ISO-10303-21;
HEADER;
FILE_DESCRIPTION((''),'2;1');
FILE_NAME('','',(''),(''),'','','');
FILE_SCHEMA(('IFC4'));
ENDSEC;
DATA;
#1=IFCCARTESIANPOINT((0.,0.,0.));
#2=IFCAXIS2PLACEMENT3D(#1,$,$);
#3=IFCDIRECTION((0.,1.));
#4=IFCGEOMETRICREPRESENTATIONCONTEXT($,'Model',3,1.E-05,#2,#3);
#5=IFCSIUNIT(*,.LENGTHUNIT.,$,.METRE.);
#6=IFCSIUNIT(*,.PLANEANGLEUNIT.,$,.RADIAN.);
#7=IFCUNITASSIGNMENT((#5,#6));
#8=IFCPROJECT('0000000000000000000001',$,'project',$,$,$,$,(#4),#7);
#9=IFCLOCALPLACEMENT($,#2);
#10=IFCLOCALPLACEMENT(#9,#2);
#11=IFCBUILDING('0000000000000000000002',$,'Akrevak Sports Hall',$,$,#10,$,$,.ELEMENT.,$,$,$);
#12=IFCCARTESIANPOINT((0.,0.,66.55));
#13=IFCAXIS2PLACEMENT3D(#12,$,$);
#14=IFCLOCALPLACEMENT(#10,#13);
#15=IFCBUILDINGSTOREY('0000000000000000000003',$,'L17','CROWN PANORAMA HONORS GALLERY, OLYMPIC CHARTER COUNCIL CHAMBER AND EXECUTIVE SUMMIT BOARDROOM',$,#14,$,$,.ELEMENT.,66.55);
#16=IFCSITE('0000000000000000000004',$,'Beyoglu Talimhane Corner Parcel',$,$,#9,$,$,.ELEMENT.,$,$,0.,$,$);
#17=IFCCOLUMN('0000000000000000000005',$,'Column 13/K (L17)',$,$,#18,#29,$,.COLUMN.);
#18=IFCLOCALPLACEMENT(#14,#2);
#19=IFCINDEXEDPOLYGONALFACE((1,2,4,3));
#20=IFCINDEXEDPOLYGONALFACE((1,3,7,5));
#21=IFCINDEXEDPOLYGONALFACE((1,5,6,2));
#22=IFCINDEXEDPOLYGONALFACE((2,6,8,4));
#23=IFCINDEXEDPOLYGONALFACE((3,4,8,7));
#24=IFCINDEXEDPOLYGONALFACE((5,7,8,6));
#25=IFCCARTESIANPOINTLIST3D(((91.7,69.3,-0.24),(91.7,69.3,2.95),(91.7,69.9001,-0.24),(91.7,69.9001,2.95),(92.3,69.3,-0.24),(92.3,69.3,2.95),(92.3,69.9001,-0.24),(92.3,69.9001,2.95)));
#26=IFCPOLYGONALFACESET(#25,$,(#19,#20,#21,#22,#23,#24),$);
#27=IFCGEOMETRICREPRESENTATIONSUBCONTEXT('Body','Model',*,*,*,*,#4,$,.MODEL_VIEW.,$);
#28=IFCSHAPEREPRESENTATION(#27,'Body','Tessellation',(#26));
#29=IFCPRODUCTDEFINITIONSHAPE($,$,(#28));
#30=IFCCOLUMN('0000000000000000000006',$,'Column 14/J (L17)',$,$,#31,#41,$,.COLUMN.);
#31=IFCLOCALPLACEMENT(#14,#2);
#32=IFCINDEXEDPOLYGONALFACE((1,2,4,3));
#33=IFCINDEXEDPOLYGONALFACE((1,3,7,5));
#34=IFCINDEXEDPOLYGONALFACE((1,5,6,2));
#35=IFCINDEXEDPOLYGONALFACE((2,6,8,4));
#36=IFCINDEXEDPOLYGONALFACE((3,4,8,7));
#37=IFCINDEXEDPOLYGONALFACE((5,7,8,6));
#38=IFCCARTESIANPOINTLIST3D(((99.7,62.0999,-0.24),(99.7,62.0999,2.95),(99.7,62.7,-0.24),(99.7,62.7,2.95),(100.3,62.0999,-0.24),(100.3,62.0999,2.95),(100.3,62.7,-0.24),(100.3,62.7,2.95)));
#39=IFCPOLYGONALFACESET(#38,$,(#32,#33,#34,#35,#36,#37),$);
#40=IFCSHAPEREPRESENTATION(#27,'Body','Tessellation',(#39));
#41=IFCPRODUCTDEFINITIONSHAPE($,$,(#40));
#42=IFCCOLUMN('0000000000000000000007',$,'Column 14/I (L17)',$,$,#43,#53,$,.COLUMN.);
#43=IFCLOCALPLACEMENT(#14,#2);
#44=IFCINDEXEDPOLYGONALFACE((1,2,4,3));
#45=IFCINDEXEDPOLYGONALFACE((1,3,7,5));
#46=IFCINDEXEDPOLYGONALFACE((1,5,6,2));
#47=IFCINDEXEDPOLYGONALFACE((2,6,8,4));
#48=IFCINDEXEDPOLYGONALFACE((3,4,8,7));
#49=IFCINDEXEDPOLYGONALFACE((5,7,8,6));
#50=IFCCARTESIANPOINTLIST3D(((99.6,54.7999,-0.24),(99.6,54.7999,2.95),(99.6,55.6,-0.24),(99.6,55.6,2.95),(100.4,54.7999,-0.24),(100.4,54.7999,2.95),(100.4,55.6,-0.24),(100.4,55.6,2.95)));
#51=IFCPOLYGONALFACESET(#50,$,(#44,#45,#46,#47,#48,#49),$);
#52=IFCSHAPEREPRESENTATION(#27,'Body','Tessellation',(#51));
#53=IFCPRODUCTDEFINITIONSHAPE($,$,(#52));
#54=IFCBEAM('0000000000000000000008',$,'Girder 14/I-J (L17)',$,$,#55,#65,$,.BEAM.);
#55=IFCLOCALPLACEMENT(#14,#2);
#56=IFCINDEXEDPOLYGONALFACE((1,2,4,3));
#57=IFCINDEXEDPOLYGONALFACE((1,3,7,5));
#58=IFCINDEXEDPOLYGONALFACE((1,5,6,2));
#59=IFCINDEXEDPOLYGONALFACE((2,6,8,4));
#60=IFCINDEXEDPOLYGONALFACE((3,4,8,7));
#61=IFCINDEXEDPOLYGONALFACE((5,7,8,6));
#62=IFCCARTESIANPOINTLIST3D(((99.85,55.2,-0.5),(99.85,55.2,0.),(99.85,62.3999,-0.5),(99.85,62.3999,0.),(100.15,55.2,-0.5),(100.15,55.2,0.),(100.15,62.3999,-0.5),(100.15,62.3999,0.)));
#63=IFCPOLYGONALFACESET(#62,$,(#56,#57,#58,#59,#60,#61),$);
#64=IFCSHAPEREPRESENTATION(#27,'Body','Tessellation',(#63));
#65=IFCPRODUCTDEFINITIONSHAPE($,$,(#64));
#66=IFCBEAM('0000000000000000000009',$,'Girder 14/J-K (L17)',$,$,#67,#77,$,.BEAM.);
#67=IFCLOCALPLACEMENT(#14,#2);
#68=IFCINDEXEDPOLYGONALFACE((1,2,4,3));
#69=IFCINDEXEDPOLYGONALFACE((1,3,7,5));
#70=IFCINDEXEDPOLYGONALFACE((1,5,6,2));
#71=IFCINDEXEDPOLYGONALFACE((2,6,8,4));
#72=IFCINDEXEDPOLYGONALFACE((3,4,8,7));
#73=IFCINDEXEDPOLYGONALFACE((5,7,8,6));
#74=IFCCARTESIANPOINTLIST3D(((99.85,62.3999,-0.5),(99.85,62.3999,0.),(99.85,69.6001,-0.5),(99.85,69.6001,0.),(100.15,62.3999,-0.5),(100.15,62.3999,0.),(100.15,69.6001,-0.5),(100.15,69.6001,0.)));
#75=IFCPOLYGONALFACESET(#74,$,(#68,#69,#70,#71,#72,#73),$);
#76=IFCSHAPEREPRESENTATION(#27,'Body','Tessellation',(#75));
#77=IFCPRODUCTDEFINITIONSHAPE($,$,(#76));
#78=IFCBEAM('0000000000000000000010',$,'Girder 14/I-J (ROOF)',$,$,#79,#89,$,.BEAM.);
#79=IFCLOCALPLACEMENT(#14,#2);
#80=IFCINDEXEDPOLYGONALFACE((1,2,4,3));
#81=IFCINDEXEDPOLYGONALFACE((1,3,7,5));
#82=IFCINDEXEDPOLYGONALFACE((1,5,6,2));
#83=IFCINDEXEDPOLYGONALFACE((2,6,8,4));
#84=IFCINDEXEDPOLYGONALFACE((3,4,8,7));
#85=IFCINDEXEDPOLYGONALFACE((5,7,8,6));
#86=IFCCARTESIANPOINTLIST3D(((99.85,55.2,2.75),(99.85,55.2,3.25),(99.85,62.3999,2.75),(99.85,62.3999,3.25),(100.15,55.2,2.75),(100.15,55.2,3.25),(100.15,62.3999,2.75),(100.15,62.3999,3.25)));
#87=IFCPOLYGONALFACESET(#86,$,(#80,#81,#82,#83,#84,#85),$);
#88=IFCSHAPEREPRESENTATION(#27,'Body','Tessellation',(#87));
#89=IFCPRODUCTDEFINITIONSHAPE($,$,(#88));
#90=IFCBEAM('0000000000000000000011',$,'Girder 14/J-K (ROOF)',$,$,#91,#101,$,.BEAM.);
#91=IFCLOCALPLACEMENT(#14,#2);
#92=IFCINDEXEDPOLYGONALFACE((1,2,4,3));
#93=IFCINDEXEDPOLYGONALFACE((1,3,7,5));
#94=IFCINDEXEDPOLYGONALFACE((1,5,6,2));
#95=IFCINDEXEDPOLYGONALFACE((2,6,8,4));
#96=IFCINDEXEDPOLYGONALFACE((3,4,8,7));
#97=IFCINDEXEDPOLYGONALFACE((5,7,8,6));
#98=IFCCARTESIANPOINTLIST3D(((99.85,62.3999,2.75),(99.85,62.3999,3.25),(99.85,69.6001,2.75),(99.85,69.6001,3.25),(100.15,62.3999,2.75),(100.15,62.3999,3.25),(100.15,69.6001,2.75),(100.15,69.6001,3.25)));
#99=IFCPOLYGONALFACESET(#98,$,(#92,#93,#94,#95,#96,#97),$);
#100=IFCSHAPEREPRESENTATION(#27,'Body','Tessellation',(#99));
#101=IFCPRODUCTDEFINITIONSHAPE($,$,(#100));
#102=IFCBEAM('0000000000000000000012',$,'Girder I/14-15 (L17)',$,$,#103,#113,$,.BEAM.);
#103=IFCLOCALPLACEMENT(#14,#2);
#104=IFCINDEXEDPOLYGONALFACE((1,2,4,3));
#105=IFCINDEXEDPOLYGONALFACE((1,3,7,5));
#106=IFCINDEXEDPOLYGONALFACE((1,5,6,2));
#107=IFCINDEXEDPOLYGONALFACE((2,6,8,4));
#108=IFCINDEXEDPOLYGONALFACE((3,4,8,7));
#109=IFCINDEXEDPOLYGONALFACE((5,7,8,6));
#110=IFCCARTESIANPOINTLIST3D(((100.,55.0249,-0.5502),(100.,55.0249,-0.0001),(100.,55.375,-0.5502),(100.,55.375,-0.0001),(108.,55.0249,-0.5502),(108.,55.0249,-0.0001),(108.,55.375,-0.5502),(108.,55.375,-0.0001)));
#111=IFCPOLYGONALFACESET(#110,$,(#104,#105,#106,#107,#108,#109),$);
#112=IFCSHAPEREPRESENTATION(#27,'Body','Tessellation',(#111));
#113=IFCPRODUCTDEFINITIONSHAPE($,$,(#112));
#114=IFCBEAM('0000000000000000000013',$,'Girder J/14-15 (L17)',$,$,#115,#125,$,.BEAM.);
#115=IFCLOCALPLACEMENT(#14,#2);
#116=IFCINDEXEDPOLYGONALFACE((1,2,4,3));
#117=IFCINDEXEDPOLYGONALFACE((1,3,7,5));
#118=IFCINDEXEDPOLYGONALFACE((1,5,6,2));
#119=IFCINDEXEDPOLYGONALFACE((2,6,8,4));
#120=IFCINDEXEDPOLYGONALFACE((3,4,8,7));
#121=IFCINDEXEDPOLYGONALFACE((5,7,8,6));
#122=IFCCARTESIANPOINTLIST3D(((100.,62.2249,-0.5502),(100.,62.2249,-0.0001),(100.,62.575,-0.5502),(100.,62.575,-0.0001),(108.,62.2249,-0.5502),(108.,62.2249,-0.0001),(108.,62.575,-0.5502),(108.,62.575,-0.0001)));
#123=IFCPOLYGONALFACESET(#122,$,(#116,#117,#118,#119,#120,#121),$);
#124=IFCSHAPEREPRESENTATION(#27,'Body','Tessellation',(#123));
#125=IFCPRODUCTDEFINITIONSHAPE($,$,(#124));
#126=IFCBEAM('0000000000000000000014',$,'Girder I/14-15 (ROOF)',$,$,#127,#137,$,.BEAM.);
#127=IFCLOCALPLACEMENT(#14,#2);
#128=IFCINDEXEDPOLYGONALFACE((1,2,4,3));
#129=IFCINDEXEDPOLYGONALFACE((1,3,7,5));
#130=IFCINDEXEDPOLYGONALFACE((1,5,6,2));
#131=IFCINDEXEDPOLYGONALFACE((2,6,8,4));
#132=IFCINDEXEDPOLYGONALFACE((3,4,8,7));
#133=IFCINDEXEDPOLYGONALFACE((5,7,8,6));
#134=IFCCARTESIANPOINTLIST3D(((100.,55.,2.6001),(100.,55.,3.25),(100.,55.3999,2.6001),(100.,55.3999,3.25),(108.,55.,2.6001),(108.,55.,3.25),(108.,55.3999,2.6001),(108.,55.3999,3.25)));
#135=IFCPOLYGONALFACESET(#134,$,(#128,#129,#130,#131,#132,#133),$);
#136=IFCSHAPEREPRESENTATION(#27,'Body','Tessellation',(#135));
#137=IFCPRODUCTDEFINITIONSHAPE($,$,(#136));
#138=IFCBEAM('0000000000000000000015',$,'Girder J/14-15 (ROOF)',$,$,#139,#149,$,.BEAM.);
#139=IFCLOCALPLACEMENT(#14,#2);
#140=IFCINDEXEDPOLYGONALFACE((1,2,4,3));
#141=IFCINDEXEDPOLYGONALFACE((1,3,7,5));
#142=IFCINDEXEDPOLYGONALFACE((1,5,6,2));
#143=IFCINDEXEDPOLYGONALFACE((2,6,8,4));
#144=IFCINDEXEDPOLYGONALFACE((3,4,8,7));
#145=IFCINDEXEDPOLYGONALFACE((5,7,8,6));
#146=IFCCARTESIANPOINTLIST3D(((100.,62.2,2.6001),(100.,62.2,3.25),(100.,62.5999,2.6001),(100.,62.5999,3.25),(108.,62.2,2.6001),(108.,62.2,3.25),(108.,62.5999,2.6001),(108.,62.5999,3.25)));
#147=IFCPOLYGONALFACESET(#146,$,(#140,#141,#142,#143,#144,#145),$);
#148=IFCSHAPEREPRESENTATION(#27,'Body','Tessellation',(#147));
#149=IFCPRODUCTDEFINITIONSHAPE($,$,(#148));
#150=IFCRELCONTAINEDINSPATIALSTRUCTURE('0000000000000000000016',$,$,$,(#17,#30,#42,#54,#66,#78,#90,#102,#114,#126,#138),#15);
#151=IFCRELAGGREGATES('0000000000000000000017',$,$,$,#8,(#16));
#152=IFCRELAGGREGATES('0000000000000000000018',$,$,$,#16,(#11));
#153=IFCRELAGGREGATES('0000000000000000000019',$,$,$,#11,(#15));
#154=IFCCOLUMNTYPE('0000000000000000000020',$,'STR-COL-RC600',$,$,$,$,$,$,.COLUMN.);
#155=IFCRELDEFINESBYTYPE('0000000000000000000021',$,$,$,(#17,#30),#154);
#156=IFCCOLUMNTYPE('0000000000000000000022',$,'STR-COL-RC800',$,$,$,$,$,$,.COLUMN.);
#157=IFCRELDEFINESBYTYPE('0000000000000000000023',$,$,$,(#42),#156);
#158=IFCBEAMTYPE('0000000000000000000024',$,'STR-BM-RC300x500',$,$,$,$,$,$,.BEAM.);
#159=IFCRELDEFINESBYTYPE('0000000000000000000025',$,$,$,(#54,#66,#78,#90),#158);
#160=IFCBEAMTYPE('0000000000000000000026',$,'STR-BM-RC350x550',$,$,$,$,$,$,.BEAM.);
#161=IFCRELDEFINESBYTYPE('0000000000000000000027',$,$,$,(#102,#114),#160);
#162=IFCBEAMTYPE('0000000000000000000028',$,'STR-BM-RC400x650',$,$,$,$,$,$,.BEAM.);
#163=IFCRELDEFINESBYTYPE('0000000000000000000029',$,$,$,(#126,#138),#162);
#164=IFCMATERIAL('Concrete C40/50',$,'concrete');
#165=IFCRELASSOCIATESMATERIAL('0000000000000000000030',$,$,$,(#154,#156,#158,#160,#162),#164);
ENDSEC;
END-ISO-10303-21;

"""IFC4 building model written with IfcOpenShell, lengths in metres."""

from ifc_helpers import new_model, si_unit, direction, frame, origin, origin_2d, place, context, subcontext, project, spatial, rectangle, extrude, material, material_profile, profile_set, type_object, element, save


model = new_model("IFC4")

# Units and contexts
model_context = context("Model", 3, precision=1e-05, world=origin(), true_north=direction((0.0, 1.0)))
body_context = subcontext(model_context, "Body", "Model", "MODEL_VIEW")
ifc_project = project(units=[si_unit("LENGTHUNIT", "METRE"), si_unit("PLANEANGLEUNIT", "RADIAN")], contexts=[model_context])

# Site, building, storey
site_placement = place(None, origin())
site = spatial("IfcSite", under=ifc_project, at=site_placement, Name="Beyoglu Talimhane Corner Parcel", CompositionType="ELEMENT", RefElevation=0.0)
building_placement = place(site_placement, origin())
building = spatial("IfcBuilding", under=site, at=building_placement, Name="Akrevak Sports Hall", CompositionType="ELEMENT")
storey_placement = place(building_placement, frame((0.0, 0.0, 66.55)))
storey = spatial("IfcBuildingStorey", under=building, at=storey_placement, Name="L17", Description="CROWN PANORAMA HONORS GALLERY, OLYMPIC CHARTER COUNCIL CHAMBER AND EXECUTIVE SUMMIT BOARDROOM", CompositionType="ELEMENT", Elevation=66.55)

# Columns
ifc_material_1 = material(Name="Concrete C40/50", Category="concrete")
ifc_material_profile_1 = material_profile(ifc_material_1, rectangle(XDim=0.6001, YDim=0.6001, at=origin_2d()), Name="RC 600x600", Category="concrete")
ifc_profile_set_1 = profile_set([ifc_material_profile_1], Name="Concrete C40/50")
column_type_1 = type_object("IfcColumnType", Name="STR-COL-RC600", PredefinedType="COLUMN", material=ifc_profile_set_1)
for number, where, z_axis, x_axis, name in (
    (1, (92.0, 69.6001, -0.24), (0.0, 0.0, 1.0), (1.0, 0.0, 0.0), "Column 13/K (L17)"),
    (2, (100.0, 62.3999, -0.24), (0.0, 0.0, 1.0), (1.0, 0.0, 0.0), "Column 14/J (L17)"),
):
    element("IfcColumn", number, at=place(storey_placement, frame(where, z_axis=z_axis, x_axis=x_axis)), inside=storey, type_object=column_type_1, Name=name, PredefinedType="COLUMN", context=body_context, shape_type="SweptSolid", body=[
        extrude(rectangle(XDim=0.6001, YDim=0.6001, at=origin_2d()), origin(), (0.0, 0.0, 1.0), 3.1899),
    ])
ifc_material_profile_2 = material_profile(ifc_material_1, rectangle(XDim=0.8, YDim=0.8, at=origin_2d()), Name="RC 800x800", Category="concrete")
ifc_profile_set_2 = profile_set([ifc_material_profile_2], Name="Concrete C40/50")
column_type_2 = type_object("IfcColumnType", Name="STR-COL-RC800", PredefinedType="COLUMN", material=ifc_profile_set_2)
column_placement = place(storey_placement, frame((100.0, 55.2, -0.24), z_axis=(0.0, 0.0, 1.0), x_axis=(1.0, 0.0, 0.0)))
element("IfcColumn", 3, at=column_placement, inside=storey, type_object=column_type_2, Name="Column 14/I (L17)", PredefinedType="COLUMN", context=body_context, shape_type="SweptSolid", body=[
    extrude(rectangle(XDim=0.8, YDim=0.8, at=origin_2d()), origin(), (0.0, 0.0, 1.0), 3.1899),
])

# Beams
ifc_material_profile_3 = material_profile(ifc_material_1, rectangle(XDim=0.3, YDim=0.5, at=origin_2d()), Name="BM 300x500", Category="concrete")
ifc_profile_set_3 = profile_set([ifc_material_profile_3], Name="Concrete C40/50")
beam_type_1 = type_object("IfcBeamType", Name="STR-BM-RC300x500", PredefinedType="BEAM", material=ifc_profile_set_3)
beam_1_placement = place(storey_placement, frame((100.0, 55.2, -0.25), z_axis=(0.0, 1.0, 0.0), x_axis=(-1.0, 0.0, 0.0)))
element("IfcBeam", 4, at=beam_1_placement, inside=storey, type_object=beam_type_1, Name="Girder 14/I-J (L17)", PredefinedType="BEAM", context=body_context, shape_type="SweptSolid", body=[
    extrude(rectangle(XDim=0.3, YDim=0.5, at=origin_2d()), origin(), (0.0, 0.0, 1.0), 7.2),
])
beam_2_placement = place(storey_placement, frame((100.0, 62.3999, -0.25), z_axis=(0.0, 1.0, 0.0), x_axis=(-1.0, 0.0, 0.0)))
element("IfcBeam", 5, at=beam_2_placement, inside=storey, type_object=beam_type_1, Name="Girder 14/J-K (L17)", PredefinedType="BEAM", context=body_context, shape_type="SweptSolid", body=[
    extrude(rectangle(XDim=0.3, YDim=0.5, at=origin_2d()), origin(), (0.0, 0.0, 1.0), 7.2002),
])
beam_3_placement = place(storey_placement, frame((100.0, 55.2, 3.0), z_axis=(0.0, 1.0, 0.0), x_axis=(-1.0, 0.0, 0.0)))
element("IfcBeam", 6, at=beam_3_placement, inside=storey, type_object=beam_type_1, Name="Girder 14/I-J (ROOF)", PredefinedType="BEAM", context=body_context, shape_type="SweptSolid", body=[
    extrude(rectangle(XDim=0.3, YDim=0.5, at=origin_2d()), origin(), (0.0, 0.0, 1.0), 7.2),
])
beam_4_placement = place(storey_placement, frame((100.0, 62.3999, 3.0), z_axis=(0.0, 1.0, 0.0), x_axis=(-1.0, 0.0, 0.0)))
element("IfcBeam", 7, at=beam_4_placement, inside=storey, type_object=beam_type_1, Name="Girder 14/J-K (ROOF)", PredefinedType="BEAM", context=body_context, shape_type="SweptSolid", body=[
    extrude(rectangle(XDim=0.3, YDim=0.5, at=origin_2d()), origin(), (0.0, 0.0, 1.0), 7.2002),
])
ifc_material_profile_4 = material_profile(ifc_material_1, rectangle(XDim=0.3501, YDim=0.55, at=origin_2d()), Name="BM 350x550", Category="concrete")
ifc_profile_set_4 = profile_set([ifc_material_profile_4], Name="Concrete C40/50")
beam_type_2 = type_object("IfcBeamType", Name="STR-BM-RC350x550", PredefinedType="BEAM", material=ifc_profile_set_4)
for number, where, z_axis, x_axis, name in (
    (8, (100.0, 55.2, -0.2751), (1.0, 0.0, 0.0), (0.0, 1.0, 0.0), "Girder I/14-15 (L17)"),
    (9, (100.0, 62.3999, -0.2751), (1.0, 0.0, 0.0), (0.0, 1.0, 0.0), "Girder J/14-15 (L17)"),
):
    element("IfcBeam", number, at=place(storey_placement, frame(where, z_axis=z_axis, x_axis=x_axis)), inside=storey, type_object=beam_type_2, Name=name, PredefinedType="BEAM", context=body_context, shape_type="SweptSolid", body=[
        extrude(rectangle(XDim=0.3501, YDim=0.55, at=origin_2d()), origin(), (0.0, 0.0, 1.0), 8.0),
    ])
ifc_material_profile_5 = material_profile(ifc_material_1, rectangle(XDim=0.3999, YDim=0.6499, at=origin_2d()), Name="BM 400x650", Category="concrete")
ifc_profile_set_5 = profile_set([ifc_material_profile_5], Name="Concrete C40/50")
beam_type_3 = type_object("IfcBeamType", Name="STR-BM-RC400x650", PredefinedType="BEAM", material=ifc_profile_set_5)
for number, where, z_axis, x_axis, name in (
    (10, (100.0, 55.2, 2.925), (1.0, 0.0, 0.0), (0.0, 1.0, 0.0), "Girder I/14-15 (ROOF)"),
    (11, (100.0, 62.3999, 2.925), (1.0, 0.0, 0.0), (0.0, 1.0, 0.0), "Girder J/14-15 (ROOF)"),
):
    element("IfcBeam", number, at=place(storey_placement, frame(where, z_axis=z_axis, x_axis=x_axis)), inside=storey, type_object=beam_type_3, Name=name, PredefinedType="BEAM", context=body_context, shape_type="SweptSolid", body=[
        extrude(rectangle(XDim=0.3999, YDim=0.6499, at=origin_2d()), origin(), (0.0, 0.0, 1.0), 8.0),
    ])

save(model, "model.ifc")
